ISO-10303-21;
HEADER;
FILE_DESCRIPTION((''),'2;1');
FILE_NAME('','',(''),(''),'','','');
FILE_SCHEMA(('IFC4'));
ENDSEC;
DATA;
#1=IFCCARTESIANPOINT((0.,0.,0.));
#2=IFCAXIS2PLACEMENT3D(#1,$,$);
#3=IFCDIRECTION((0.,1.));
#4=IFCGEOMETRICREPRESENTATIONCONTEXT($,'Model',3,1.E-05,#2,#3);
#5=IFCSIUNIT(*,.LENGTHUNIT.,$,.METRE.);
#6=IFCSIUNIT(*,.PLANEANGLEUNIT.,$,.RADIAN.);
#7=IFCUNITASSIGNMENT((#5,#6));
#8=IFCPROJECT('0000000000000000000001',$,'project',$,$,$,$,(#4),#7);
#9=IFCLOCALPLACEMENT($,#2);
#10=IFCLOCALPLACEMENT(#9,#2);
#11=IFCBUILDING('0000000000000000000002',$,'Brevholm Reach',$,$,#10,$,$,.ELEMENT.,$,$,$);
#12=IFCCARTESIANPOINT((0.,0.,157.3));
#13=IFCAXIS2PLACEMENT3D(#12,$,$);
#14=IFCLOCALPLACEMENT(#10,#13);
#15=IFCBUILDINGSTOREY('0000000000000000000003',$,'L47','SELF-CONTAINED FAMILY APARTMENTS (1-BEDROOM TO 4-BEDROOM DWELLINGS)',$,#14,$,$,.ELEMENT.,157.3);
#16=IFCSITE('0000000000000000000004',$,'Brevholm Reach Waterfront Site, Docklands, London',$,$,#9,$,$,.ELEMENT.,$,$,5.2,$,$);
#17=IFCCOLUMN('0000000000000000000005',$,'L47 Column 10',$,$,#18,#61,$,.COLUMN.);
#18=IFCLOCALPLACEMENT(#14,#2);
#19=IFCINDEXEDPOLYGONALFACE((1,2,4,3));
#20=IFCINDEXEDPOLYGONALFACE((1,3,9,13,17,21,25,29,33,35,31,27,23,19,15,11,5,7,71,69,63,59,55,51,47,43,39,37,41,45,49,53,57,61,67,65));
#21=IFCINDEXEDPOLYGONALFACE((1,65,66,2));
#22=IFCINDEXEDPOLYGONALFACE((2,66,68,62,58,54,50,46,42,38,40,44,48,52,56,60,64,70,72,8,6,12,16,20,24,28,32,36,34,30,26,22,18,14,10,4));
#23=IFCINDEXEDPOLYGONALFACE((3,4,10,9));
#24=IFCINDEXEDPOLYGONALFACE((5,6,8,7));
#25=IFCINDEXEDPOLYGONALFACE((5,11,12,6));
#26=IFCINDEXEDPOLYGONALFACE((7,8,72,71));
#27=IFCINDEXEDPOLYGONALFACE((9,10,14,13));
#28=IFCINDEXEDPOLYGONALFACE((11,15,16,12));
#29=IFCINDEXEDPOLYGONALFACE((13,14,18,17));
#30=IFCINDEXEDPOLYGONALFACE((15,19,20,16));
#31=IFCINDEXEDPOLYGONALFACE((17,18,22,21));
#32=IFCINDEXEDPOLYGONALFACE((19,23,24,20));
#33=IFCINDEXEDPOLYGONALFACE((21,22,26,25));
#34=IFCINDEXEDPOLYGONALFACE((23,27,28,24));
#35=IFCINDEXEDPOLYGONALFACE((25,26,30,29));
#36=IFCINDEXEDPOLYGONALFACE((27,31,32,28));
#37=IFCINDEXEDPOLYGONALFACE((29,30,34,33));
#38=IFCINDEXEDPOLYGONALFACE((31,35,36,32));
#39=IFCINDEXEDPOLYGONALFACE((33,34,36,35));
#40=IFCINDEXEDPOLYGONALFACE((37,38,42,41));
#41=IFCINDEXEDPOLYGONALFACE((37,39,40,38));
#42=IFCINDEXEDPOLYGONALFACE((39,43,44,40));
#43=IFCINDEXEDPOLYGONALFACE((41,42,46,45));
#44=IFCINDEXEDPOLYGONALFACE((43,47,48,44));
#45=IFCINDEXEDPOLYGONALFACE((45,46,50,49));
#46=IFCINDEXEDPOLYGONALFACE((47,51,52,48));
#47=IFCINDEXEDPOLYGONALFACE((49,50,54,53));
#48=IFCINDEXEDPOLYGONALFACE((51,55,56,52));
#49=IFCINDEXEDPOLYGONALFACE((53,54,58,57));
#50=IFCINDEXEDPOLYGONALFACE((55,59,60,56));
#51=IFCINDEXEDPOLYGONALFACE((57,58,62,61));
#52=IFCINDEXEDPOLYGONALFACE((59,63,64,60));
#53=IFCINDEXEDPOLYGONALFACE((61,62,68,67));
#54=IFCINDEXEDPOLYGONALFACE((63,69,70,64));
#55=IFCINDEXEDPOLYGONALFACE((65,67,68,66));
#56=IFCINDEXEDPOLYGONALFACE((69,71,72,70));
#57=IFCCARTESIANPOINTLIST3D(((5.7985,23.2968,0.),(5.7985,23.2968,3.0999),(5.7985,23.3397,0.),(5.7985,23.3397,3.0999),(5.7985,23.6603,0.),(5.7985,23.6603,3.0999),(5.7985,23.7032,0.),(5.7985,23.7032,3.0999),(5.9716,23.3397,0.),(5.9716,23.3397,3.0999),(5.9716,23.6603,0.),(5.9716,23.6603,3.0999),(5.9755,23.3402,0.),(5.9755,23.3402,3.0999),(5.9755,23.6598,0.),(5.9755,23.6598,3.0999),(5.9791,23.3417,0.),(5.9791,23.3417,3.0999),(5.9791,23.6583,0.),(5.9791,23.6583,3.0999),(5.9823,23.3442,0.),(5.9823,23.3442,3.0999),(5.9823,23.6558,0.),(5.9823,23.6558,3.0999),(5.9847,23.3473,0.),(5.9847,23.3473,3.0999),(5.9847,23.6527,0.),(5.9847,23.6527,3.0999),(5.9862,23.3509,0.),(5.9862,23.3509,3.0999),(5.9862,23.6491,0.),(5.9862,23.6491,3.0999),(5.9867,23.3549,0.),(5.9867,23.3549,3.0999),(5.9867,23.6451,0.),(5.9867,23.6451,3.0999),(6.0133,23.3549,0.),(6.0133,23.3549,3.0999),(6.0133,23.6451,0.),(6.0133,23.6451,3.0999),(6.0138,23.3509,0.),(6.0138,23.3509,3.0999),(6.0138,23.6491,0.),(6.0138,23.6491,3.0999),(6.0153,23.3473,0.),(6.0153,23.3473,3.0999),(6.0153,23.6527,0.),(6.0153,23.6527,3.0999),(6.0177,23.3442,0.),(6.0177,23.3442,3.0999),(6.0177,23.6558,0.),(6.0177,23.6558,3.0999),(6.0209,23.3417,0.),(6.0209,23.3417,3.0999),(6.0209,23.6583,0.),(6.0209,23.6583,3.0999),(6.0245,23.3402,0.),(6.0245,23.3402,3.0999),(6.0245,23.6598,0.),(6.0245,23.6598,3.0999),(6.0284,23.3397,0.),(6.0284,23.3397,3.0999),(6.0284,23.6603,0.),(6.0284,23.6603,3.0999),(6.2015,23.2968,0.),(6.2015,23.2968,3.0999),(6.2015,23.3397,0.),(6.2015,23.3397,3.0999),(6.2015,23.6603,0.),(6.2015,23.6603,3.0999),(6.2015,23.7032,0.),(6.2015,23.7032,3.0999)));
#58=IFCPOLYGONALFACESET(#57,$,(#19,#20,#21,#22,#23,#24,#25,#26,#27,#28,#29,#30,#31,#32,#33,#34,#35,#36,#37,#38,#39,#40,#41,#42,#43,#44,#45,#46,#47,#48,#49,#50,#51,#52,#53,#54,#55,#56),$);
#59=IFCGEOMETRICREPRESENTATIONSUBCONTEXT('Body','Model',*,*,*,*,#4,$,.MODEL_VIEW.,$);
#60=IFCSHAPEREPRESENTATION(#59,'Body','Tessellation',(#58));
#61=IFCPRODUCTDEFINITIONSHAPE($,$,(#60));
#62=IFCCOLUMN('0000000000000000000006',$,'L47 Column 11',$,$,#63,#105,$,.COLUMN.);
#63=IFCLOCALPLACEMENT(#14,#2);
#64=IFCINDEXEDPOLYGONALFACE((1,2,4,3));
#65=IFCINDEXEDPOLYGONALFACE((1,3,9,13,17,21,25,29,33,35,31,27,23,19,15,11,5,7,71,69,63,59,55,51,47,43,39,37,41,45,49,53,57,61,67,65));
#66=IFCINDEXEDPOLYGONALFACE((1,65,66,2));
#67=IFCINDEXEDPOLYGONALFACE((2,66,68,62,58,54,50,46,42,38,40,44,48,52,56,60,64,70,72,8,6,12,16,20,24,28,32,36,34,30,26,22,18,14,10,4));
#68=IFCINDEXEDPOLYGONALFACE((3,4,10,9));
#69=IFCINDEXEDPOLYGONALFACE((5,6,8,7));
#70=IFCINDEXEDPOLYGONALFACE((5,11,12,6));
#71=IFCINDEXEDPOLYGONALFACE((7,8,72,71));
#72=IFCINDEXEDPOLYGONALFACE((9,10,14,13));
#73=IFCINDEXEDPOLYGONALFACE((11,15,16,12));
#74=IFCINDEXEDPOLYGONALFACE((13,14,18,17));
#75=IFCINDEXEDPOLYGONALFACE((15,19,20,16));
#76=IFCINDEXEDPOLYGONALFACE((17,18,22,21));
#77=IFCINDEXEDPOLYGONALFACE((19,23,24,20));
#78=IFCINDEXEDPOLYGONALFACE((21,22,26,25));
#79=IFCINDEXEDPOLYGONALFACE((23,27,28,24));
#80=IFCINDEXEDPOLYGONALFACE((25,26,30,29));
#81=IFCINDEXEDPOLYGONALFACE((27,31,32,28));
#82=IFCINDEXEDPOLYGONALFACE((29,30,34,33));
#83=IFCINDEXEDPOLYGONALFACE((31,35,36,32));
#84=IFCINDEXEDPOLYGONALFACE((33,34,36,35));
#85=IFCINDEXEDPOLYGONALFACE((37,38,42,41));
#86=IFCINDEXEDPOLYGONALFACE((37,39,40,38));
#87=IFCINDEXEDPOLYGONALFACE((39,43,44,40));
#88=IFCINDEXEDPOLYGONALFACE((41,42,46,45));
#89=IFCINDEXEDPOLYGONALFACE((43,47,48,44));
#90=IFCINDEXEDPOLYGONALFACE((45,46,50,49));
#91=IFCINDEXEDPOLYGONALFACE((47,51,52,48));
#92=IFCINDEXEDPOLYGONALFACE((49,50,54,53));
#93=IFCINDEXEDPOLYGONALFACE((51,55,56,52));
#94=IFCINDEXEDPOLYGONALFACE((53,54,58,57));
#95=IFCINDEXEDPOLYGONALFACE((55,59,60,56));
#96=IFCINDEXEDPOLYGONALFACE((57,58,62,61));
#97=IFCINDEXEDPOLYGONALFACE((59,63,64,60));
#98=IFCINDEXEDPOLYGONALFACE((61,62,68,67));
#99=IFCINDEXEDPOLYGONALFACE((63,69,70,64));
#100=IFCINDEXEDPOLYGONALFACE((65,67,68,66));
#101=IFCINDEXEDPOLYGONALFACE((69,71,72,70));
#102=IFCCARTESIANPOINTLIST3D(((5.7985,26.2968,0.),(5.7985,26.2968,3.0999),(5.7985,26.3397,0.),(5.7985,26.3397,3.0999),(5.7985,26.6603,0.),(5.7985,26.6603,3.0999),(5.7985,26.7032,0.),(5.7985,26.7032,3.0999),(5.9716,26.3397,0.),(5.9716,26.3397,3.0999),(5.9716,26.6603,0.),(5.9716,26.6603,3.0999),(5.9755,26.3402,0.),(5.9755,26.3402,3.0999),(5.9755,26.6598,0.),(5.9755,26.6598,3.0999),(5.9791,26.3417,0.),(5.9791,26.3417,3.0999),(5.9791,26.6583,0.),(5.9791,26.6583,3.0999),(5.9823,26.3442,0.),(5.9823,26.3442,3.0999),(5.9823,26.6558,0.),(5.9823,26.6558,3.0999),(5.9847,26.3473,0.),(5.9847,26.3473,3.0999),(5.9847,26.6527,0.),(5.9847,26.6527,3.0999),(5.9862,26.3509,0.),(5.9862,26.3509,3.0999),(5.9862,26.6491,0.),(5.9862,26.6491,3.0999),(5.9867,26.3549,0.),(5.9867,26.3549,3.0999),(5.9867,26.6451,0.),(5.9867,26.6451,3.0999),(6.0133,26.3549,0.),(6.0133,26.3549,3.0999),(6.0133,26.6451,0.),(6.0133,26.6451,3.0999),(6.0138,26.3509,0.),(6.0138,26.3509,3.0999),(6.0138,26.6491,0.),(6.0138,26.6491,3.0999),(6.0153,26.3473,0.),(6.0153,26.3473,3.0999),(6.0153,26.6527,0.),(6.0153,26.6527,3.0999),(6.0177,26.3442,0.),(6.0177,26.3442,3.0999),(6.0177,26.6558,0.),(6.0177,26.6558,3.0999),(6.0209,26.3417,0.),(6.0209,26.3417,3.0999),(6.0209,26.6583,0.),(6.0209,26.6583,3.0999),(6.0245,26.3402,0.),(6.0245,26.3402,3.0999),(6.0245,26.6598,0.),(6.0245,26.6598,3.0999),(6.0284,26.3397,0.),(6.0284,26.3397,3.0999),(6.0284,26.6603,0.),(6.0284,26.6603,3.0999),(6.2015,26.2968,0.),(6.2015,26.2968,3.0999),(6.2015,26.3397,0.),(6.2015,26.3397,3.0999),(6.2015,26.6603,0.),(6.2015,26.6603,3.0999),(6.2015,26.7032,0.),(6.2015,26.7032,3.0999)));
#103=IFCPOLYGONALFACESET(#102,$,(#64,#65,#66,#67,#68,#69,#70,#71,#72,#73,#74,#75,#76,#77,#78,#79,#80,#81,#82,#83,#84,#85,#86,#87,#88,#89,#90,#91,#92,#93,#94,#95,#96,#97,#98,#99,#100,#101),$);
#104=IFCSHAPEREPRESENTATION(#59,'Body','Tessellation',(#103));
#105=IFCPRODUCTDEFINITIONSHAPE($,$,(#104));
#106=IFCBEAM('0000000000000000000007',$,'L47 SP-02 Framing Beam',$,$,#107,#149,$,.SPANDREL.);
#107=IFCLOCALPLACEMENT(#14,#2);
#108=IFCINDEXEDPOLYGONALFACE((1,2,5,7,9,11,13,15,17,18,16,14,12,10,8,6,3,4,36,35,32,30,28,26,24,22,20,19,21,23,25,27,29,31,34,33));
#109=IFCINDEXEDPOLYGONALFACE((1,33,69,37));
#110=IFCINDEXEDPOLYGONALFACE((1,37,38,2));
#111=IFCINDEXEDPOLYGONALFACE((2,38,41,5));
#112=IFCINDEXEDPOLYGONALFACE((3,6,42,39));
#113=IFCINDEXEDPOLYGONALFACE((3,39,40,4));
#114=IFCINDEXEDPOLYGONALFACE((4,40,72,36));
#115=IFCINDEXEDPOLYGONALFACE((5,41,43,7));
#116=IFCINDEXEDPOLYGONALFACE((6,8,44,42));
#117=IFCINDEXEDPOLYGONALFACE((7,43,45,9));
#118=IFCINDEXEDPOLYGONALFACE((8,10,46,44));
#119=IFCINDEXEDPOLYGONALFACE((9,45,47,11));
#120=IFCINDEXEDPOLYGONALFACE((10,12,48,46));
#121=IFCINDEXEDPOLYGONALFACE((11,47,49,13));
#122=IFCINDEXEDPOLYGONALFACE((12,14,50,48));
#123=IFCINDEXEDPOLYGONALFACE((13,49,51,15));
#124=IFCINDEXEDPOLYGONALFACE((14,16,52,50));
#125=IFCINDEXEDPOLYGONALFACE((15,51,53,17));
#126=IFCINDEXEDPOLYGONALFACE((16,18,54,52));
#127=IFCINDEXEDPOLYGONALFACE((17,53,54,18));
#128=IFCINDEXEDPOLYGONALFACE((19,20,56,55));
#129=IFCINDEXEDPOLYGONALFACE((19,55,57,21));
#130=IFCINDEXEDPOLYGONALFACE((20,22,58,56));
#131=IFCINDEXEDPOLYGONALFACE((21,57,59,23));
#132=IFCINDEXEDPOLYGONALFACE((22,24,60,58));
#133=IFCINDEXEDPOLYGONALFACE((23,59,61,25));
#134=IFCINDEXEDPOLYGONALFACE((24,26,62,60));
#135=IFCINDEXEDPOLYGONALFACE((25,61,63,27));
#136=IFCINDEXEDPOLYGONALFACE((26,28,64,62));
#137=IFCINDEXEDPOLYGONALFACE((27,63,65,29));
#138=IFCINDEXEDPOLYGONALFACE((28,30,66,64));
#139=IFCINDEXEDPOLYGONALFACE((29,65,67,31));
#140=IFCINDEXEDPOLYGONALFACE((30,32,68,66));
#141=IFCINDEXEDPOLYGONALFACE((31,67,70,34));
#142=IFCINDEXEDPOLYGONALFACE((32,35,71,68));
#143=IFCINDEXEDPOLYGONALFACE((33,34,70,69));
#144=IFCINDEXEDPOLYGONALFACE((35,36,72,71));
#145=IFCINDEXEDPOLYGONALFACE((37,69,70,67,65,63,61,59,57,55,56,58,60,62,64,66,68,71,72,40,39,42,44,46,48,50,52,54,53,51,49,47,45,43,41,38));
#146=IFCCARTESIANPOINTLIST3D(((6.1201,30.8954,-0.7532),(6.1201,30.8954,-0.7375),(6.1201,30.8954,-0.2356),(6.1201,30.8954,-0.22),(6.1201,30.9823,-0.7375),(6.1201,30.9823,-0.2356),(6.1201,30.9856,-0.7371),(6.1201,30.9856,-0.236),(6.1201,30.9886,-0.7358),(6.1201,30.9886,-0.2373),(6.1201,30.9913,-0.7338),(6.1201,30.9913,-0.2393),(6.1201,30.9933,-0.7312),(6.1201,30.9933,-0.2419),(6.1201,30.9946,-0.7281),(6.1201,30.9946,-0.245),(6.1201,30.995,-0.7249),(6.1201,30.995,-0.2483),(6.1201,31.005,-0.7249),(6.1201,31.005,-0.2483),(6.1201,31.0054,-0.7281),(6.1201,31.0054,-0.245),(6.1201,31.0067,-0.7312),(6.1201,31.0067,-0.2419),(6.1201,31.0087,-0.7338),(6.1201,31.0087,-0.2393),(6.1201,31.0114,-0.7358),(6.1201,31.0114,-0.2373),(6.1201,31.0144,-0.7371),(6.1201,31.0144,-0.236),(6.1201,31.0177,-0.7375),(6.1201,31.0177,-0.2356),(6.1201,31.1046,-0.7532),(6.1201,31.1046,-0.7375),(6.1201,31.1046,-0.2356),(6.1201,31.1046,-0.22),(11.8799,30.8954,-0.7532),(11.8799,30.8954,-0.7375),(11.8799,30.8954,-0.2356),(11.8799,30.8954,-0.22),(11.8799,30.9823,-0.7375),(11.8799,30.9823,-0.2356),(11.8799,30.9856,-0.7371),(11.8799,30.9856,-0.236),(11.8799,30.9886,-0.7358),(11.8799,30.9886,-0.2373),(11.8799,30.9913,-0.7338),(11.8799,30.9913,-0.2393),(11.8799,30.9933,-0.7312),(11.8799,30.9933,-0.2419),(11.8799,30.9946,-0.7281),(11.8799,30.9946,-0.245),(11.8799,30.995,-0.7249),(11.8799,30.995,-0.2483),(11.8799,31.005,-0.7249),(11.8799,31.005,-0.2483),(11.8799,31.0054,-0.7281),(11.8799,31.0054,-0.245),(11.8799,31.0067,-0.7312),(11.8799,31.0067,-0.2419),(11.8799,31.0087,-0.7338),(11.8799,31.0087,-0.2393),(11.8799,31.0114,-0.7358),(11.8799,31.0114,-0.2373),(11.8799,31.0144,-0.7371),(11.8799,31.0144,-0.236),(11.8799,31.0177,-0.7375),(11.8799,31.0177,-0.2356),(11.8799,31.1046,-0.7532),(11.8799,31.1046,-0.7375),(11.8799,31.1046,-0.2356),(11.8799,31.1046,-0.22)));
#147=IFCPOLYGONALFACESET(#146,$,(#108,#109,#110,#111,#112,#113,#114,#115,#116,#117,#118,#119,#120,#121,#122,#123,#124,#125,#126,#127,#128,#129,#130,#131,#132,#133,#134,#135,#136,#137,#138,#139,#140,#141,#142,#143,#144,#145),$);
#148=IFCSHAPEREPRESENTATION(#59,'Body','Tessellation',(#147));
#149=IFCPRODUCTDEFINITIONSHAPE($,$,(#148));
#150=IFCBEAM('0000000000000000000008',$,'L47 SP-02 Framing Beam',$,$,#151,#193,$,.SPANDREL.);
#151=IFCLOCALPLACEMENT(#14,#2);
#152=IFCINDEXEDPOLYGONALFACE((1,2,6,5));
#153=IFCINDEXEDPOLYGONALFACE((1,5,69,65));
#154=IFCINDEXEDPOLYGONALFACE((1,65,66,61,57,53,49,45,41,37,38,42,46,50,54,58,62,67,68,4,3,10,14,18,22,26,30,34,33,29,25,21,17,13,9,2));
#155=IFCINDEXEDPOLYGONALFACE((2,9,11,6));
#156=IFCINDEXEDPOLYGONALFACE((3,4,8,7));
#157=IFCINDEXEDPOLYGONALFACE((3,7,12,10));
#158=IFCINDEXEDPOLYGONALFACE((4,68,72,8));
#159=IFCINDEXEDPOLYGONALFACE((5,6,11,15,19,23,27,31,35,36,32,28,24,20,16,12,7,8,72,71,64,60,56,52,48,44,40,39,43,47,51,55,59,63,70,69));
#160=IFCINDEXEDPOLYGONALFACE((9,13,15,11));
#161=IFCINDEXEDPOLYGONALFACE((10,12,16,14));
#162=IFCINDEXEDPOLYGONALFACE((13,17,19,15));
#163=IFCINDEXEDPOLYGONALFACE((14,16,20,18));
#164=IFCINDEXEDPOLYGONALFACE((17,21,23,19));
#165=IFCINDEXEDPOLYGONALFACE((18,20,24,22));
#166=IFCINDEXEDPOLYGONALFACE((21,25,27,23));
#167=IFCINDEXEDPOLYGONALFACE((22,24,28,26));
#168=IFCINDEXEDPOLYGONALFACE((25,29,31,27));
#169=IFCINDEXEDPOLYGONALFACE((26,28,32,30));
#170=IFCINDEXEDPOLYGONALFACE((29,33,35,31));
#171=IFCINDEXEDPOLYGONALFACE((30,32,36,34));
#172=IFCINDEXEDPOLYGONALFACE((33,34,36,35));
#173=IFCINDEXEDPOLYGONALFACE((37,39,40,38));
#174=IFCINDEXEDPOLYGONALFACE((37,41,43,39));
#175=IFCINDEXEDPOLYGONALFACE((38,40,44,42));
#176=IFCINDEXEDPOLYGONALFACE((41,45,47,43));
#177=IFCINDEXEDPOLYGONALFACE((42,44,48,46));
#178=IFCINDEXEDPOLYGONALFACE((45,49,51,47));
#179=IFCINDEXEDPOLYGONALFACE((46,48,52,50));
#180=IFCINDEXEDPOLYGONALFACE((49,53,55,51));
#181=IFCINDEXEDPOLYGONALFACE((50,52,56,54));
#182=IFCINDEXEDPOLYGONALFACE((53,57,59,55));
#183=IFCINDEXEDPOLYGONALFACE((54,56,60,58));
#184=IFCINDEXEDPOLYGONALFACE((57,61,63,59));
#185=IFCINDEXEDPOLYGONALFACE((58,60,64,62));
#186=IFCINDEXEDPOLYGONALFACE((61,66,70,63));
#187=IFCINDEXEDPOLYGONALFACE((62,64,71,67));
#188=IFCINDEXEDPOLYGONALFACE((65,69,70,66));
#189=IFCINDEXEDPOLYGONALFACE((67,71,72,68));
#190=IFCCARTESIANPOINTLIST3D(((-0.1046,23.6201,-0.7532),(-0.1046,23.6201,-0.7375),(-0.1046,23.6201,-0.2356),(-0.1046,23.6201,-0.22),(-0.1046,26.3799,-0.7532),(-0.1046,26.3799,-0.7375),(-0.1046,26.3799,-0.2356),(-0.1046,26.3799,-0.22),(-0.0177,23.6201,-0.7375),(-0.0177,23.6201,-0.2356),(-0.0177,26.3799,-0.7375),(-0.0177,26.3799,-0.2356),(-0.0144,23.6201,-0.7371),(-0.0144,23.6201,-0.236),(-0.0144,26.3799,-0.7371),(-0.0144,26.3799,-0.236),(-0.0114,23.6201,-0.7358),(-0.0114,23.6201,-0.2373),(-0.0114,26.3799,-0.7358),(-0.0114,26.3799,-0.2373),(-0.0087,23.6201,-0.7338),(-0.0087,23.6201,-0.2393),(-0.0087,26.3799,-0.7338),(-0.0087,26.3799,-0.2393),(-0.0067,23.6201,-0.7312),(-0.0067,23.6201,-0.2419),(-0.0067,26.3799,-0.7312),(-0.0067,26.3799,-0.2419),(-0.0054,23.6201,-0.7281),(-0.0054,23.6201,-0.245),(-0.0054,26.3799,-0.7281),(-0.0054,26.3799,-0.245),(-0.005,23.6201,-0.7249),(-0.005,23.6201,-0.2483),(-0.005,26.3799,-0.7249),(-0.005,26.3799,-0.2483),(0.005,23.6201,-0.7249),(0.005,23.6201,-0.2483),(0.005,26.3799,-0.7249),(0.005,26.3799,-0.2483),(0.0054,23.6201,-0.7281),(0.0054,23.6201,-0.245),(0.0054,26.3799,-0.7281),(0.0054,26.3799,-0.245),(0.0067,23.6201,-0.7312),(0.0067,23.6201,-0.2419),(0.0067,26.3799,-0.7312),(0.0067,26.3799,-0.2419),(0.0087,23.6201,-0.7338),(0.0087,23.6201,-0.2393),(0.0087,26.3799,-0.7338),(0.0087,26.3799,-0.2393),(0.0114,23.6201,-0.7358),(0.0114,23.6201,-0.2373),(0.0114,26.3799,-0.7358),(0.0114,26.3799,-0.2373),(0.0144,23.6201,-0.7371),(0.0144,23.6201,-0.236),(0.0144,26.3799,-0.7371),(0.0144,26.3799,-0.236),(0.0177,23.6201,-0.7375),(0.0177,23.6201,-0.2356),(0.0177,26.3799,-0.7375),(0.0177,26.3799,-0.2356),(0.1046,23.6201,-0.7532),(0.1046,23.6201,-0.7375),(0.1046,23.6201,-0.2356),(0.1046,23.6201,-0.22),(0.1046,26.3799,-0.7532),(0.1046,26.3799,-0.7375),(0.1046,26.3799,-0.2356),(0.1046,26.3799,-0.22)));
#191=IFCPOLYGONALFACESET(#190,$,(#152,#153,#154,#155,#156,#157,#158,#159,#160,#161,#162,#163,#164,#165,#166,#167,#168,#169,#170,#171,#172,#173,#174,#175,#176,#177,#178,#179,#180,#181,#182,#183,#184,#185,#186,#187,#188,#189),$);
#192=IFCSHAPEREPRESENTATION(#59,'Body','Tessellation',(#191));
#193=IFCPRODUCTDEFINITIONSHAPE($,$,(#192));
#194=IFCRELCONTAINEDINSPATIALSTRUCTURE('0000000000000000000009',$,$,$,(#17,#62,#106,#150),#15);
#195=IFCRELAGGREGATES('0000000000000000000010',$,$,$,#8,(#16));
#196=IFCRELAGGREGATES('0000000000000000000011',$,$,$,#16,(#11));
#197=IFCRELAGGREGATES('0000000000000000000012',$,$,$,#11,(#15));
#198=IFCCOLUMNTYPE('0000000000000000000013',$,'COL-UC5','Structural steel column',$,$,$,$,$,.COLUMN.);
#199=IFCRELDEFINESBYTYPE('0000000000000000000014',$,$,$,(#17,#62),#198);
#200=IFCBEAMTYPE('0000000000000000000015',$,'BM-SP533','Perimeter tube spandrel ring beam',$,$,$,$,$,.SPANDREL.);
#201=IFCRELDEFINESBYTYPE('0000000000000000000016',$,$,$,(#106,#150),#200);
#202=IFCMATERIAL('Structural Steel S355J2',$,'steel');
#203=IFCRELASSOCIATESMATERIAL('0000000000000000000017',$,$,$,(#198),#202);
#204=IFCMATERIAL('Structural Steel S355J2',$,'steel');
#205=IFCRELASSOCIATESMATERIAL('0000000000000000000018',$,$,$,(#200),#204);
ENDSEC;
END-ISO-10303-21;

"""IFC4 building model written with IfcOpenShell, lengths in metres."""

from ifc_helpers import new_model, si_unit, direction, frame, origin, origin_2d, place, context, subcontext, project, spatial, i_section, extrude, material, material_profile, profile_set, type_object, element, save


model = new_model("IFC4")

# Units and contexts
model_context = context("Model", 3, precision=1e-05, world=origin(), true_north=direction((0.0, 1.0)))
body_context = subcontext(model_context, "Body", "Model", "MODEL_VIEW")
ifc_project = project(units=[si_unit("LENGTHUNIT", "METRE"), si_unit("PLANEANGLEUNIT", "RADIAN")], contexts=[model_context])

# Site, building, storey
site_placement = place(None, origin())
site = spatial("IfcSite", under=ifc_project, at=site_placement, Name="Brevholm Reach Waterfront Site, Docklands, London", CompositionType="ELEMENT", RefElevation=5.2)
building_placement = place(site_placement, origin())
building = spatial("IfcBuilding", under=site, at=building_placement, Name="Brevholm Reach", CompositionType="ELEMENT")
storey_placement = place(building_placement, frame((0.0, 0.0, 157.3)))
storey = spatial("IfcBuildingStorey", under=building, at=storey_placement, Name="L47", Description="SELF-CONTAINED FAMILY APARTMENTS (1-BEDROOM TO 4-BEDROOM DWELLINGS)", CompositionType="ELEMENT", Elevation=157.3)

# Columns
ifc_material_1 = material(Name="Structural Steel S355J2", Category="steel")
ifc_material_profile_1 = material_profile(ifc_material_1, i_section(OverallWidth=0.4031, OverallDepth=0.4065, WebThickness=0.0266, FlangeThickness=0.043, FilletRadius=0.0151, at=origin_2d()), Name="UKC 356x406x340")
ifc_profile_set_1 = profile_set([ifc_material_profile_1], Name="Structural Steel S355J2")
column_type_1 = type_object("IfcColumnType", Name="COL-UC5", Description="Structural steel column", PredefinedType="COLUMN", material=ifc_profile_set_1)
for number, where, z_axis, x_axis, name in (
    (1, (6.0, 23.5, 0.0), (0.0, 0.0, 1.0), (1.0, 0.0, 0.0), "L47 Column 10"),
    (2, (6.0, 26.5, 0.0), (0.0, 0.0, 1.0), (1.0, 0.0, 0.0), "L47 Column 11"),
):
    element("IfcColumn", number, at=place(storey_placement, frame(where, z_axis=z_axis, x_axis=x_axis)), inside=storey, type_object=column_type_1, Name=name, PredefinedType="COLUMN", context=body_context, shape_type="SweptSolid", body=[
        extrude(i_section(OverallWidth=0.4031, OverallDepth=0.4065, WebThickness=0.0266, FlangeThickness=0.043, FilletRadius=0.0151, at=origin_2d()), origin(), (0.0, 0.0, 1.0), 3.0999),
    ])

# Beams
ifc_material_2 = material(Name="Structural Steel S355J2", Category="steel")
ifc_material_profile_2 = material_profile(ifc_material_2, i_section(OverallWidth=0.2092, OverallDepth=0.5332, WebThickness=0.01, FlangeThickness=0.0156, FilletRadius=0.0127, at=origin_2d()), Name="UKB 533x210x92")
ifc_profile_set_2 = profile_set([ifc_material_profile_2], Name="Structural Steel S355J2")
beam_type_1 = type_object("IfcBeamType", Name="BM-SP533", Description="Perimeter tube spandrel ring beam", PredefinedType="SPANDREL", material=ifc_profile_set_2)
beam_1_placement = place(storey_placement, frame((6.1201, 31.0, -0.4866), z_axis=(1.0, 0.0, 0.0), x_axis=(0.0, 1.0, 0.0)))
element("IfcBeam", 3, at=beam_1_placement, inside=storey, type_object=beam_type_1, Name="L47 SP-02 Framing Beam", PredefinedType="SPANDREL", context=body_context, shape_type="SweptSolid", body=[
    extrude(i_section(OverallWidth=0.2092, OverallDepth=0.5332, WebThickness=0.01, FlangeThickness=0.0156, FilletRadius=0.0127, at=origin_2d()), origin(), (0.0, 0.0, 1.0), 5.7598),
])
beam_2_placement = place(storey_placement, frame((0.0, 23.6201, -0.4866), z_axis=(0.0, 1.0, 0.0), x_axis=(-1.0, 0.0, 0.0)))
element("IfcBeam", 4, at=beam_2_placement, inside=storey, type_object=beam_type_1, Name="L47 SP-02 Framing Beam", PredefinedType="SPANDREL", context=body_context, shape_type="SweptSolid", body=[
    extrude(i_section(OverallWidth=0.2092, OverallDepth=0.5332, WebThickness=0.01, FlangeThickness=0.0156, FilletRadius=0.0127, at=origin_2d()), origin(), (0.0, 0.0, 1.0), 2.7598),
])

save(model, "model.ifc")
